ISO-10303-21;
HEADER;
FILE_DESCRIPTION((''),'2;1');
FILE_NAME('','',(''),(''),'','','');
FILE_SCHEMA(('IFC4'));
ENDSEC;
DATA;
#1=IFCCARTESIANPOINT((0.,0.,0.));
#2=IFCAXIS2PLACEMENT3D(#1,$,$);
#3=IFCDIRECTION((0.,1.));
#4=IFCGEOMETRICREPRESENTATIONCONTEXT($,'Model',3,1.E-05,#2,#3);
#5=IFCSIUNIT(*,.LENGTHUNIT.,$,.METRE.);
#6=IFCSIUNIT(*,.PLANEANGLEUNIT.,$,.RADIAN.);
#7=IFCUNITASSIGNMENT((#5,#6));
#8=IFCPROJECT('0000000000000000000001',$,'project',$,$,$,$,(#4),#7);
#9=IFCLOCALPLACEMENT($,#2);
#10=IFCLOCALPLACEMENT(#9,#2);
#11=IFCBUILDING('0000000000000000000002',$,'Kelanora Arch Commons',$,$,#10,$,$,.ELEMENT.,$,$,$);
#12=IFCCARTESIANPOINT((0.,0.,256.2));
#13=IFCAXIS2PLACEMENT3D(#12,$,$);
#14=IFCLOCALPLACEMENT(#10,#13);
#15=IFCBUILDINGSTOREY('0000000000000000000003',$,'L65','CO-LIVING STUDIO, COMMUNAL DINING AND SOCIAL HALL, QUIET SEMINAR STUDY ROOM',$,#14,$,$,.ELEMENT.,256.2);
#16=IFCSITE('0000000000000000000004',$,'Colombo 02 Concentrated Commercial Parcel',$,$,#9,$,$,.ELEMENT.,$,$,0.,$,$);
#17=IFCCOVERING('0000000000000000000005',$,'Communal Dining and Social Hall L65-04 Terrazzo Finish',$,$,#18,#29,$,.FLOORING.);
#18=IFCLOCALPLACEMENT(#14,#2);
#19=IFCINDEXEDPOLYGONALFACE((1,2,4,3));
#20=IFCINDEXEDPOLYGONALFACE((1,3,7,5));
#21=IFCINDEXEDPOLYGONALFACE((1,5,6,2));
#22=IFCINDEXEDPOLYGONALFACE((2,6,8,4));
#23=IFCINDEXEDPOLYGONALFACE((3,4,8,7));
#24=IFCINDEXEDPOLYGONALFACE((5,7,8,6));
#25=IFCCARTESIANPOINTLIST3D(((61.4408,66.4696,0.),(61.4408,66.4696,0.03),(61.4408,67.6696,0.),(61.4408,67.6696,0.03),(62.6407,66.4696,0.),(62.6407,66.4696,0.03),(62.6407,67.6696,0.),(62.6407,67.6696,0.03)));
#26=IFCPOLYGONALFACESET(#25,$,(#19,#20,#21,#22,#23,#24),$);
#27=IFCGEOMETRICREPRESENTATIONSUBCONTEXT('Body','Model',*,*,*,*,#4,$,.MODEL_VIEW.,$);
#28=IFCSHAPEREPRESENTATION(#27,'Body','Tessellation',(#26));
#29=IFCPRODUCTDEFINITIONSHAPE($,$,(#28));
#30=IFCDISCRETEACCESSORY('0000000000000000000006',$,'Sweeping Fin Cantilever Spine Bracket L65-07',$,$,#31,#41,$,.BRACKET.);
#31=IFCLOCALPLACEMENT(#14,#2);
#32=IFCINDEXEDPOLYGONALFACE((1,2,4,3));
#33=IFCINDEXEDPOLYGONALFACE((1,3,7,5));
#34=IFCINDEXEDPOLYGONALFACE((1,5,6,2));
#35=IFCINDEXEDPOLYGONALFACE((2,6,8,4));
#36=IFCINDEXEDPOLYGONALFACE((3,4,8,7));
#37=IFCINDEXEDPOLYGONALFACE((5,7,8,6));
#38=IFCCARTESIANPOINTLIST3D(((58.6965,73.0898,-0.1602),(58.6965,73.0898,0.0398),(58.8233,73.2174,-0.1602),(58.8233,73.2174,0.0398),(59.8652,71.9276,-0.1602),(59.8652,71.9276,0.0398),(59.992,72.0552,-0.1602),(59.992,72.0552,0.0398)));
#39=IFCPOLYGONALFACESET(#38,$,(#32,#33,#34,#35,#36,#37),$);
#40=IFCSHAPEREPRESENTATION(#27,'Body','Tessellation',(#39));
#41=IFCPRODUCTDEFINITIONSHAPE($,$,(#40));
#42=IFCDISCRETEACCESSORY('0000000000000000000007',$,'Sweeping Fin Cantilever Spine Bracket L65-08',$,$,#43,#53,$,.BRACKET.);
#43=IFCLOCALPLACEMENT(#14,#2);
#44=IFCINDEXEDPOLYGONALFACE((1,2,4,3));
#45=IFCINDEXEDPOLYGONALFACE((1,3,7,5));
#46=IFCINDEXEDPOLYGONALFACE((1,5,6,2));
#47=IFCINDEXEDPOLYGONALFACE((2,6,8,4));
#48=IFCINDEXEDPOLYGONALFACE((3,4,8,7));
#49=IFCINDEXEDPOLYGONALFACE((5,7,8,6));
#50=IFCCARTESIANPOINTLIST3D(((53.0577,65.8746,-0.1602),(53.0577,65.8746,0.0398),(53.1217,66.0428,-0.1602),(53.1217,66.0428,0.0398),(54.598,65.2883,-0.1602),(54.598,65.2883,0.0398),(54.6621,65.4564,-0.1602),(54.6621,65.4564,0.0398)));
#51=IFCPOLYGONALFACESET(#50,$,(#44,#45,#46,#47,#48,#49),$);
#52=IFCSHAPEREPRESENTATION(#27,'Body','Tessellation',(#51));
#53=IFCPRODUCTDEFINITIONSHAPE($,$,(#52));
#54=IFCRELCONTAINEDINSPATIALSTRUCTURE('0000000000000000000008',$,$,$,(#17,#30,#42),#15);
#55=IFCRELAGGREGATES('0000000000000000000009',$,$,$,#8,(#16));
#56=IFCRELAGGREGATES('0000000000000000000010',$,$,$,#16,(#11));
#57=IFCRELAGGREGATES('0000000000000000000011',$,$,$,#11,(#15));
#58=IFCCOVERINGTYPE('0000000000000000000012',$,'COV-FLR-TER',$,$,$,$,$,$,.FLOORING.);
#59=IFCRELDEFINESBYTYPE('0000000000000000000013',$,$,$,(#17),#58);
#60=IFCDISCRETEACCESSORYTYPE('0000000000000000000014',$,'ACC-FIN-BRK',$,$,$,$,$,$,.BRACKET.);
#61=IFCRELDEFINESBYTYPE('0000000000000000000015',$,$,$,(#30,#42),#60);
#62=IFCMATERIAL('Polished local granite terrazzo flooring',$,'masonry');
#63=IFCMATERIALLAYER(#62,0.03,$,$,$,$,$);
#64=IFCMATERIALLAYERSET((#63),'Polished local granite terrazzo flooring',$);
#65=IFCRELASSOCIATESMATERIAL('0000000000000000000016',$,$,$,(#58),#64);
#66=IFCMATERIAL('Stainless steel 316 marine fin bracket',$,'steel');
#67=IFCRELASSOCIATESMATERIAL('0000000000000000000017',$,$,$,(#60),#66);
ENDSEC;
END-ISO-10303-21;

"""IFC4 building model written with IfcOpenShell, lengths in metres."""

from ifc_helpers import new_model, si_unit, direction, frame, origin, origin_2d, place, context, subcontext, project, spatial, rectangle, extrude, source, transform, mapped, material, layer, layer_set, type_object, element, save


model = new_model("IFC4")

# Units and contexts
model_context = context("Model", 3, precision=1e-05, world=origin(), true_north=direction((0.0, 1.0)))
body_context = subcontext(model_context, "Body", "Model", "MODEL_VIEW")
ifc_project = project(units=[si_unit("LENGTHUNIT", "METRE"), si_unit("PLANEANGLEUNIT", "RADIAN")], contexts=[model_context])

# Site, building, storey
site_placement = place(None, origin())
site = spatial("IfcSite", under=ifc_project, at=site_placement, Name="Colombo 02 Concentrated Commercial Parcel", CompositionType="ELEMENT", RefElevation=0.0)
building_placement = place(site_placement, origin())
building = spatial("IfcBuilding", under=site, at=building_placement, Name="Kelanora Arch Commons", CompositionType="ELEMENT")
storey_placement = place(building_placement, frame((0.0, 0.0, 256.2)))
storey = spatial("IfcBuildingStorey", under=building, at=storey_placement, Name="L65", Description="CO-LIVING STUDIO, COMMUNAL DINING AND SOCIAL HALL, QUIET SEMINAR STUDY ROOM", CompositionType="ELEMENT", Elevation=256.2)

# Covering
ifc_material_1 = material(Name="Polished local granite terrazzo flooring", Category="masonry")
ifc_layer_1 = layer(ifc_material_1, 0.03)
ifc_layer_set_1 = layer_set([ifc_layer_1], Name="Polished local granite terrazzo flooring")
covering_type = type_object("IfcCoveringType", Name="COV-FLR-TER", PredefinedType="FLOORING", material=ifc_layer_set_1)
shared_shape_1 = source(origin(), body_context, "Body", "SweptSolid", [
    extrude(rectangle(XDim=1.2, YDim=1.2, at=origin_2d()), origin(), (0.0, 0.0, 1.0), 0.03),
])
covering_placement = place(storey_placement, frame((62.0408, 67.0696, 0.0), z_axis=(0.0, 0.0, 1.0), x_axis=(1.0, 0.0, 0.0)))
element("IfcCovering", 1, at=covering_placement, inside=storey, type_object=covering_type, Name="Communal Dining and Social Hall L65-04 Terrazzo Finish", PredefinedType="FLOORING", context=body_context, shape_type="MappedRepresentation", body=[
    mapped(shared_shape_1, transform((0.0, 0.0, 0.0), scale=1.0)),
])

# Discrete accessories
ifc_material_2 = material(Name="Stainless steel 316 marine fin bracket", Category="steel")
discrete_accessory_type = type_object("IfcDiscreteAccessoryType", Name="ACC-FIN-BRK", PredefinedType="BRACKET", material=ifc_material_2)
shared_shape_2 = source(origin(), body_context, "Body", "SweptSolid", [
    extrude(rectangle(XDim=1.6482, YDim=0.1799, at=origin_2d()), origin(), (0.0, 0.0, 1.0), 0.2),
])
for number, where, z_axis, x_axis, name in (
    (2, (59.3442, 72.5725, -0.1602), (0.0, 0.0, 1.0), (-0.709079, 0.705129, 0.0), "Sweeping Fin Cantilever Spine Bracket L65-07"),
    (3, (53.8599, 65.6655, -0.1602), (0.0, 0.0, 1.0), (-0.934578, 0.35576, 0.0), "Sweeping Fin Cantilever Spine Bracket L65-08"),
):
    element("IfcDiscreteAccessory", number, at=place(storey_placement, frame(where, z_axis=z_axis, x_axis=x_axis)), inside=storey, type_object=discrete_accessory_type, Name=name, PredefinedType="BRACKET", context=body_context, shape_type="MappedRepresentation", body=[
        mapped(shared_shape_2, transform((0.0, 0.0, 0.0), scale=1.0)),
    ])

save(model, "model.ifc")
